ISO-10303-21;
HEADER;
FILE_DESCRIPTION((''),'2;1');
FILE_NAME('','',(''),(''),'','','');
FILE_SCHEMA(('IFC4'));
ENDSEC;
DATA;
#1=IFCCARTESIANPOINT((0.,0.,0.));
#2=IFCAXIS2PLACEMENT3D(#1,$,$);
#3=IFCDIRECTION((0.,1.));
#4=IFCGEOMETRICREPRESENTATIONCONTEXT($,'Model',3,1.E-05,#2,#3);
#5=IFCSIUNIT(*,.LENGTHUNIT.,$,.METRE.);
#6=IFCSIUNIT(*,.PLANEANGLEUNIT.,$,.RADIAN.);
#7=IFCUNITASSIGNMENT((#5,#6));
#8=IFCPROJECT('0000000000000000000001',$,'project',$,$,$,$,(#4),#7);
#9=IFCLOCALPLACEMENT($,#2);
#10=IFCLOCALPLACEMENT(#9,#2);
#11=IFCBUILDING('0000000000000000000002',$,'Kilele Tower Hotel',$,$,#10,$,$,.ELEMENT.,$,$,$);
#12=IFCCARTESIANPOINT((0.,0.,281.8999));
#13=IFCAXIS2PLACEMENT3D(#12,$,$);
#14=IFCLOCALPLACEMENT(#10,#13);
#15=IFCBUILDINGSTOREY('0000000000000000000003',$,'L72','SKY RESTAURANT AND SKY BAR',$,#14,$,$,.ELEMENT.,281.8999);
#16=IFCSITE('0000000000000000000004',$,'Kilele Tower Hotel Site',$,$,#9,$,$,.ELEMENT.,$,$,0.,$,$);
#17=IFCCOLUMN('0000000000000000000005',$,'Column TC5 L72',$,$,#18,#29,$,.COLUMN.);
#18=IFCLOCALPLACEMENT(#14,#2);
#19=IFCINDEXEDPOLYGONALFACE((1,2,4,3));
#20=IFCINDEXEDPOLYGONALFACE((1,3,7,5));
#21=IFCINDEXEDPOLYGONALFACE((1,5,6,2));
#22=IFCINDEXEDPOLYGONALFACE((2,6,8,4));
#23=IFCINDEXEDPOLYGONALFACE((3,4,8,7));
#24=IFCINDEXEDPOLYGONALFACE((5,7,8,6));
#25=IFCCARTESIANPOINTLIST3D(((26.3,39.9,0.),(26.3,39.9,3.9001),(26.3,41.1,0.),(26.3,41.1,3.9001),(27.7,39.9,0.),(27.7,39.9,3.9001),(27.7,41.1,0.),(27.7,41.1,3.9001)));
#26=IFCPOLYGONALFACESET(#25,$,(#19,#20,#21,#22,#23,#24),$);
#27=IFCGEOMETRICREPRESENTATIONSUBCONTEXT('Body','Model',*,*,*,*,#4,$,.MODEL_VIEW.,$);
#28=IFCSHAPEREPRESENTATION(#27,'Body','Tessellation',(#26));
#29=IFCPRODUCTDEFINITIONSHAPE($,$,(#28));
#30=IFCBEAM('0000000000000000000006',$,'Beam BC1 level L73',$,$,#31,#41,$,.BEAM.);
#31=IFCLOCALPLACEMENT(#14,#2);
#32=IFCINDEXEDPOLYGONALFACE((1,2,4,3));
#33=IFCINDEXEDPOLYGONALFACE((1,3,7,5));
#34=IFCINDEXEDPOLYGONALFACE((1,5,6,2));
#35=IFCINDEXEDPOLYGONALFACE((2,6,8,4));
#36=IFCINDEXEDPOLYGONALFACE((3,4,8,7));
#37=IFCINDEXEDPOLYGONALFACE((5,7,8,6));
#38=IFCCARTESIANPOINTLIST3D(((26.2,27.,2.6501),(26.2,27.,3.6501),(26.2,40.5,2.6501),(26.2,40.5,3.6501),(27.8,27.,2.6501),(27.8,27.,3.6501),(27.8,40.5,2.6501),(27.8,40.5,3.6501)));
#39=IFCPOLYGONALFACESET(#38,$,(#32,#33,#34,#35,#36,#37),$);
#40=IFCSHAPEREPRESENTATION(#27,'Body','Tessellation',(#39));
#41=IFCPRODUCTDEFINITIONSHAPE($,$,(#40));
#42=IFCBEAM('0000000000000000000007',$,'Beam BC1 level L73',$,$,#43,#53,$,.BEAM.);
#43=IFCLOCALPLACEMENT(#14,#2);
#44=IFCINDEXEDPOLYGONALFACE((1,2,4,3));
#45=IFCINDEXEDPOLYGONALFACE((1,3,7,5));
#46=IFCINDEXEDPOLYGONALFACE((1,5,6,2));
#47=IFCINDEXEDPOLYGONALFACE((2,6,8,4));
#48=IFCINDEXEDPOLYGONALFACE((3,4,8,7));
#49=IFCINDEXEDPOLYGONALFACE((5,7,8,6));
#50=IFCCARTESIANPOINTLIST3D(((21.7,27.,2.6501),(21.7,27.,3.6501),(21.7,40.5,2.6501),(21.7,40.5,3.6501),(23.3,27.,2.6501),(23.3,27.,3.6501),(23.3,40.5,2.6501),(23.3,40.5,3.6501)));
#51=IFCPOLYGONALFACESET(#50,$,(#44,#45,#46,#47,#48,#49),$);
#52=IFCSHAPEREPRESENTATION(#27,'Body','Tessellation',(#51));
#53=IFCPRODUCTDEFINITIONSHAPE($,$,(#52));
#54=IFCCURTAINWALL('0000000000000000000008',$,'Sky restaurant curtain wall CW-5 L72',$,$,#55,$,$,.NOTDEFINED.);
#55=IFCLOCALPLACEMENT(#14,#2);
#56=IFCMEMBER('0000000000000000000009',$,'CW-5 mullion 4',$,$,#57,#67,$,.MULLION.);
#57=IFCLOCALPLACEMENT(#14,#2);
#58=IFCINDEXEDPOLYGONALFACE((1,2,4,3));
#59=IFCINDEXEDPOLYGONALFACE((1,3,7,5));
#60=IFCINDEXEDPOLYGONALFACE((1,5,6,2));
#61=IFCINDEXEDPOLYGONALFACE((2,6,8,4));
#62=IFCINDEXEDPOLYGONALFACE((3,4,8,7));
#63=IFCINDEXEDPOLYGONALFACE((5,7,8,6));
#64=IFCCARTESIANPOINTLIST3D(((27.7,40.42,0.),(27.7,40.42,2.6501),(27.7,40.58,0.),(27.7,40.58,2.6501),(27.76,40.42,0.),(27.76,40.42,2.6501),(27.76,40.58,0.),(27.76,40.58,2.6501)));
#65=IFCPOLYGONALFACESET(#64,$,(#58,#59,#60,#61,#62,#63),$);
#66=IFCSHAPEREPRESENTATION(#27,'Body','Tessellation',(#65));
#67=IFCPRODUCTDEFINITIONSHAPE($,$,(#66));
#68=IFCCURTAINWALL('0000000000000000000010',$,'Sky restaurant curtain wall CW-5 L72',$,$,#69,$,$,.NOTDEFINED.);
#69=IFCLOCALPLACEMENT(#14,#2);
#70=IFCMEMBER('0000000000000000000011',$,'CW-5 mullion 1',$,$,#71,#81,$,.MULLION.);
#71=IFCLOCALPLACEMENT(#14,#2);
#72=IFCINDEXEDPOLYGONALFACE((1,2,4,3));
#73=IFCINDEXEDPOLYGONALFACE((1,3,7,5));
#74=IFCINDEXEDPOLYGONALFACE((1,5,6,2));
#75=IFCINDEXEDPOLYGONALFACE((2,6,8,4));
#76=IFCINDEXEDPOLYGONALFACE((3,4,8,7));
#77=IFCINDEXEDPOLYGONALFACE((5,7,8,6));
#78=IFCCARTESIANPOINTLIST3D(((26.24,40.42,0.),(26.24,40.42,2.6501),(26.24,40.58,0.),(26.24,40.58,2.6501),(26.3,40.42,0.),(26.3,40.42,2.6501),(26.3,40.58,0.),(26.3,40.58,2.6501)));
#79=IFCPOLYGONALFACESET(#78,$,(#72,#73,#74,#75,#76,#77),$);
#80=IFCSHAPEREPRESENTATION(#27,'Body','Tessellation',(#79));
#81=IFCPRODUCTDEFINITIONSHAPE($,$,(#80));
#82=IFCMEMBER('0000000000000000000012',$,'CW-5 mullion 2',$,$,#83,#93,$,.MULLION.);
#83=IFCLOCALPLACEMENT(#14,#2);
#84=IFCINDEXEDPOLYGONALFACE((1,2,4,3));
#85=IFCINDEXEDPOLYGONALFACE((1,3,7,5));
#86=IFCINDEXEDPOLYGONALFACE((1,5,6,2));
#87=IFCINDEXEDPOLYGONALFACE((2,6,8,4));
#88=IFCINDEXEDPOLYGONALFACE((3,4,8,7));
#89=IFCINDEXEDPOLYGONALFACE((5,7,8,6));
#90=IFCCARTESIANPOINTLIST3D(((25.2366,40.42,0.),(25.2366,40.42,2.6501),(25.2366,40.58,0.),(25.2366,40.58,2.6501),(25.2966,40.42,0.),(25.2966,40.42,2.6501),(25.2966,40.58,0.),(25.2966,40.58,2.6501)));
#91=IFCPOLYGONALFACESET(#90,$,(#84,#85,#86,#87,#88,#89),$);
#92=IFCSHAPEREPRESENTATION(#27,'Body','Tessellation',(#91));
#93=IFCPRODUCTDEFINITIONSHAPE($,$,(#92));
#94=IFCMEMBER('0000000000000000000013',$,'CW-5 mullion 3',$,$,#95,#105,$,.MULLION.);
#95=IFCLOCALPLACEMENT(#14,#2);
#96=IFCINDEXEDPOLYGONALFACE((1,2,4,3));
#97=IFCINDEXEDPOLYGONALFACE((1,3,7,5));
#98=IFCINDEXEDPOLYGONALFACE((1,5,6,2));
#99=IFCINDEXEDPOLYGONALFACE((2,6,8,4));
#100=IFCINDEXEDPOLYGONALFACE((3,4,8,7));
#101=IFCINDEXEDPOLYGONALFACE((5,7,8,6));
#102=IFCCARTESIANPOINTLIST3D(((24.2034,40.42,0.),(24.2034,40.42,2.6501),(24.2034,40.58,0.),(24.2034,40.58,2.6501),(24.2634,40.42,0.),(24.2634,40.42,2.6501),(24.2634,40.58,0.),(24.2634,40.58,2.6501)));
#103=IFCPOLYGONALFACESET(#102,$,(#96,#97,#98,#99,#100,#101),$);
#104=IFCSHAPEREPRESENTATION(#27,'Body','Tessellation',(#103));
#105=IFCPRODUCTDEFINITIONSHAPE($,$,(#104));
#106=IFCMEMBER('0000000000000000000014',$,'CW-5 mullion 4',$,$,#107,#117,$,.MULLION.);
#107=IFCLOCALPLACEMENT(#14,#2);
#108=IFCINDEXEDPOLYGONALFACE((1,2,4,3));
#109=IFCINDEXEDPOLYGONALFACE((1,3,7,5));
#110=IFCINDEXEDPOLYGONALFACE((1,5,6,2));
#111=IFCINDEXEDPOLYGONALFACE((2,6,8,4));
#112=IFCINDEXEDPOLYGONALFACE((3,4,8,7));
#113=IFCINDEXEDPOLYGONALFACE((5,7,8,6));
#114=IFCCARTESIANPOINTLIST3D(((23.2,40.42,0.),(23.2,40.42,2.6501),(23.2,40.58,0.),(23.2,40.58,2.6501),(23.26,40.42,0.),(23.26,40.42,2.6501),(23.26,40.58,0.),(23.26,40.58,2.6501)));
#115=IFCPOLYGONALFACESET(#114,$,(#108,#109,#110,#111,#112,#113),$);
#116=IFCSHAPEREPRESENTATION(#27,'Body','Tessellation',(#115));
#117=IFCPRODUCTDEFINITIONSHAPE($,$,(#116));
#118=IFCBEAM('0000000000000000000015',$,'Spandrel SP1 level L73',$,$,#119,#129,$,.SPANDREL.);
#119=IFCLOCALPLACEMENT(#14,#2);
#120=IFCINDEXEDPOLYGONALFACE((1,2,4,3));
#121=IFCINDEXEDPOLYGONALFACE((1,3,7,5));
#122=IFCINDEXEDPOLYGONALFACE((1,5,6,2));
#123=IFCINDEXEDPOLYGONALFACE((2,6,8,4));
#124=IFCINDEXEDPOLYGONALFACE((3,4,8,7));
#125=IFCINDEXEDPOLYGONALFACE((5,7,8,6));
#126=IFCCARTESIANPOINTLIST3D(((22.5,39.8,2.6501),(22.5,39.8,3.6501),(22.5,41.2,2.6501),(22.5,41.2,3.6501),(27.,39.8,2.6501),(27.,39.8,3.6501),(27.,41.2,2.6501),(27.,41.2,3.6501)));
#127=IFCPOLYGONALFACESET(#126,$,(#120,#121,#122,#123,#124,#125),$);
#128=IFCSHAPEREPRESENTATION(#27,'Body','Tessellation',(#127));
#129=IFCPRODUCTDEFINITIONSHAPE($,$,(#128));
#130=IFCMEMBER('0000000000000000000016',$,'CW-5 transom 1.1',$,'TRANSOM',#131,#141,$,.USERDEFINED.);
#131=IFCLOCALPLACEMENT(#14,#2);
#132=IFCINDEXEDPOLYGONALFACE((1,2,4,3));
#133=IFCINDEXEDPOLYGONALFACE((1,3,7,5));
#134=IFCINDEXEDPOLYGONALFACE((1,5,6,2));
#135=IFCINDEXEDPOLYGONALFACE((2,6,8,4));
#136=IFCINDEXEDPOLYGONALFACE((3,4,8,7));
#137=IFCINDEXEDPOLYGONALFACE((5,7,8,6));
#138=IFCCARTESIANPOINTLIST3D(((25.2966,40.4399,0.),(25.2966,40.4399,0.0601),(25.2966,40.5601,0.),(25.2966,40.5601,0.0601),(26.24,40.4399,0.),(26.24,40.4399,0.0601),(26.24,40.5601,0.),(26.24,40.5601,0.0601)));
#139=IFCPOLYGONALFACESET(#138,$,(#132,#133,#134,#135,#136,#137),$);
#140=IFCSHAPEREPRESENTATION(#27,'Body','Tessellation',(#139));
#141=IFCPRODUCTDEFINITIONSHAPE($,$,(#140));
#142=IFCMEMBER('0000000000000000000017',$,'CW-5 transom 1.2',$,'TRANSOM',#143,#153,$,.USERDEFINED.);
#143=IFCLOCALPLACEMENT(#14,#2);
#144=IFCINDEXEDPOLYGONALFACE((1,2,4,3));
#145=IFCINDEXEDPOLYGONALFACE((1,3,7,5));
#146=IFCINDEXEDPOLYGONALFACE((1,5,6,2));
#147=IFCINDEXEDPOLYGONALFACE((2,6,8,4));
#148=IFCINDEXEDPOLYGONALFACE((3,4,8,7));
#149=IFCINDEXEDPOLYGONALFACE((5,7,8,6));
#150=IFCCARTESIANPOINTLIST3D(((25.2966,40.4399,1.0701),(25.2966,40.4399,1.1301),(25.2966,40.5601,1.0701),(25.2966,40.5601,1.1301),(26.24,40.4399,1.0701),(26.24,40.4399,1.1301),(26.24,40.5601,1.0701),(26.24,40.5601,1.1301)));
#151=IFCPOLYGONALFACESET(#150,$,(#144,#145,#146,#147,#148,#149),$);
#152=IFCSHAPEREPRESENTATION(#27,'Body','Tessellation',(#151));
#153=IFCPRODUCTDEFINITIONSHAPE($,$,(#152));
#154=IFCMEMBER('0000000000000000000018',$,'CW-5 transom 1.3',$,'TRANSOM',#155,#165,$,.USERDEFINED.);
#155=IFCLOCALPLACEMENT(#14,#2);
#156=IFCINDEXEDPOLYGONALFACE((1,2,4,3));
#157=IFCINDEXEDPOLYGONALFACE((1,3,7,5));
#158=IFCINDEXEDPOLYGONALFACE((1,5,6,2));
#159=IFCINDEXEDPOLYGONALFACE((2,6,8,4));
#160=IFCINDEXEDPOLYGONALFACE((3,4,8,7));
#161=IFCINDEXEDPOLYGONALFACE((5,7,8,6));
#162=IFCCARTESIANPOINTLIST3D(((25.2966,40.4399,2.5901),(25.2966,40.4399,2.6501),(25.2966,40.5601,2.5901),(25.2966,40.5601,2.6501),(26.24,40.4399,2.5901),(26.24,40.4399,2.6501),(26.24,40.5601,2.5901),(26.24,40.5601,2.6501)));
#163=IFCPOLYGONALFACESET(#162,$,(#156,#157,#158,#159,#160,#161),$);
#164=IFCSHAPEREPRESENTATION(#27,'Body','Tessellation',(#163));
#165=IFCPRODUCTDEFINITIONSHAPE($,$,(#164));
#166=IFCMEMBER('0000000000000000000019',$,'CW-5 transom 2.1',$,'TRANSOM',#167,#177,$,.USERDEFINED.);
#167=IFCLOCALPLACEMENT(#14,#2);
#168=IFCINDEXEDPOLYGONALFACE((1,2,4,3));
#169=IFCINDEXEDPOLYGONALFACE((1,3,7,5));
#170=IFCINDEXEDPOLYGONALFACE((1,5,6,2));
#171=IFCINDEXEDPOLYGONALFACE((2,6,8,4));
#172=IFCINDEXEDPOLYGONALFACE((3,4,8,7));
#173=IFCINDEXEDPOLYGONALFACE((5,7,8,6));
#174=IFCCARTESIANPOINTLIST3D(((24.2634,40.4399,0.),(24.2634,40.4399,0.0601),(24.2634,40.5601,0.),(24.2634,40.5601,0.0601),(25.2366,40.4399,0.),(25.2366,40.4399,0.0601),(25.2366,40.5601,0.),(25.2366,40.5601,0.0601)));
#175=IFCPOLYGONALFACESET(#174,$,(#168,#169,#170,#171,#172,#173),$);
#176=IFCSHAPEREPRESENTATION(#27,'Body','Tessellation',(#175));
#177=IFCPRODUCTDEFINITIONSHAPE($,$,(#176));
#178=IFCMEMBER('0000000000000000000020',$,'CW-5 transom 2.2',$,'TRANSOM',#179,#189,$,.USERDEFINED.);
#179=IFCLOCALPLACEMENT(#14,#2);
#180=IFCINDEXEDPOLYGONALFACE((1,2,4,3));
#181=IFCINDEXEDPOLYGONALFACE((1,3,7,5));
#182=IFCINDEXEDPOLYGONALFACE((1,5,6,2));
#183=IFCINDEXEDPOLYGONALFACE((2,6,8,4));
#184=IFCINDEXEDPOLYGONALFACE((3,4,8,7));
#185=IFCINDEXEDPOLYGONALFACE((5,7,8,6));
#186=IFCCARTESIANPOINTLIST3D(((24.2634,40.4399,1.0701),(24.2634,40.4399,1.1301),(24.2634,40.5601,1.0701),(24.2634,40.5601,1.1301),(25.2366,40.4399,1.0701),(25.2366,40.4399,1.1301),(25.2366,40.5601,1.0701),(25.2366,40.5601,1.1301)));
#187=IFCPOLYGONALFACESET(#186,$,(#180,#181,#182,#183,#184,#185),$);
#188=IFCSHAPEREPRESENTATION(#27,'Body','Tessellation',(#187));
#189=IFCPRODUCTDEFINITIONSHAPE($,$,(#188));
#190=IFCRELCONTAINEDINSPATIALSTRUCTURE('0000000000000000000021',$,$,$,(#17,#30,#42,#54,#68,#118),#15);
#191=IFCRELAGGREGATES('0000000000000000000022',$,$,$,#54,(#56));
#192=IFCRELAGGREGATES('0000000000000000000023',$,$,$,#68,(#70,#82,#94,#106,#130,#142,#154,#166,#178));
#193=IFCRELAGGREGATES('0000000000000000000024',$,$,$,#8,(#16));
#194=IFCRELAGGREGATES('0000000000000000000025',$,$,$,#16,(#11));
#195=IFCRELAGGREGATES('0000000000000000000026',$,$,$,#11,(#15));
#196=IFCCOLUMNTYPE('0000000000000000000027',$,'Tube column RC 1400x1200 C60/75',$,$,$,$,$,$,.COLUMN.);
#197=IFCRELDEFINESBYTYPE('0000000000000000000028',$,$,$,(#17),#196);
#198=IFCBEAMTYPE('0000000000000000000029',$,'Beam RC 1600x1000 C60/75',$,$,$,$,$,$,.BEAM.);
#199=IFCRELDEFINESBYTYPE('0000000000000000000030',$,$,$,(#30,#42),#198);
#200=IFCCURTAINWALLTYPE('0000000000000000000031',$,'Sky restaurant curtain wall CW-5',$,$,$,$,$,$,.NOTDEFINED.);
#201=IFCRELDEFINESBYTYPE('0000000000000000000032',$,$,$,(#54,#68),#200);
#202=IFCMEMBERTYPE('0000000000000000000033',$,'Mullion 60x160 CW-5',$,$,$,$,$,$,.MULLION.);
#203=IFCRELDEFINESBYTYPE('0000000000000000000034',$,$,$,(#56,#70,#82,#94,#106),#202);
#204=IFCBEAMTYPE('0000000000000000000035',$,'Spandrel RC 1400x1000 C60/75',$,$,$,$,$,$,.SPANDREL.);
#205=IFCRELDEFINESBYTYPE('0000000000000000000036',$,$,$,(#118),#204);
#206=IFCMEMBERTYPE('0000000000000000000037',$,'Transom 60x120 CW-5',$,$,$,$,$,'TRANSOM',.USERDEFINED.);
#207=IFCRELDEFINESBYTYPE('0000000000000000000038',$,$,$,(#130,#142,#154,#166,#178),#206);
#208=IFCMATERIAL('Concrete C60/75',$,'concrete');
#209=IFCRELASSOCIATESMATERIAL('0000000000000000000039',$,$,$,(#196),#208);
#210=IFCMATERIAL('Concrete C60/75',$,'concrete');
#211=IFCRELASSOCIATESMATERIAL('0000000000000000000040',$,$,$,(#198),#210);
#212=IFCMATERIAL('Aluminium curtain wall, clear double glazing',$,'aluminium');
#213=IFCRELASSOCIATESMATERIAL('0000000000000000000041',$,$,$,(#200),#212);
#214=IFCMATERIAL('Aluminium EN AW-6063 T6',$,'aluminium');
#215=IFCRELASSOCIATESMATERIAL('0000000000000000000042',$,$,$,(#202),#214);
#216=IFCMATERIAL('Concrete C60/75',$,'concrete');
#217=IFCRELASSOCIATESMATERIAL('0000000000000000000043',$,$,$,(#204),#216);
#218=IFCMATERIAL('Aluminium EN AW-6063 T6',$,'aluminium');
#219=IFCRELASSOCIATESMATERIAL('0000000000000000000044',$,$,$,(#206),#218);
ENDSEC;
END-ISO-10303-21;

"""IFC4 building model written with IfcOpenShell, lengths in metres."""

from ifc_helpers import new_model, si_unit, direction, frame, origin, origin_2d, place, context, subcontext, project, spatial, rectangle, extrude, material, material_profile, profile_set, type_object, element, aggregate, save


model = new_model("IFC4")

# Units and contexts
model_context = context("Model", 3, precision=1e-05, world=origin(), true_north=direction((0.0, 1.0)))
body_context = subcontext(model_context, "Body", "Model", "MODEL_VIEW")
ifc_project = project(units=[si_unit("LENGTHUNIT", "METRE"), si_unit("PLANEANGLEUNIT", "RADIAN")], contexts=[model_context])

# Site, building, storey
site_placement = place(None, origin())
site = spatial("IfcSite", under=ifc_project, at=site_placement, Name="Kilele Tower Hotel Site", CompositionType="ELEMENT", RefElevation=0.0)
building_placement = place(site_placement, origin())
building = spatial("IfcBuilding", under=site, at=building_placement, Name="Kilele Tower Hotel", CompositionType="ELEMENT")
storey_placement = place(building_placement, frame((0.0, 0.0, 281.8999)))
storey = spatial("IfcBuildingStorey", under=building, at=storey_placement, Name="L72", Description="SKY RESTAURANT AND SKY BAR", CompositionType="ELEMENT", Elevation=281.8999)

# Column
ifc_material_1 = material(Name="Concrete C60/75", Category="concrete")
ifc_material_profile_1 = material_profile(ifc_material_1, rectangle(XDim=1.3999, YDim=1.2, at=origin_2d()))
ifc_profile_set_1 = profile_set([ifc_material_profile_1], Name="Concrete C60/75")
column_type = type_object("IfcColumnType", Name="Tube column RC 1400x1200 C60/75", PredefinedType="COLUMN", material=ifc_profile_set_1)
column_placement = place(storey_placement, frame((27.0, 40.5, 0.0), z_axis=(0.0, 0.0, 1.0), x_axis=(1.0, 0.0, 0.0)))
element("IfcColumn", 1, at=column_placement, inside=storey, type_object=column_type, Name="Column TC5 L72", PredefinedType="COLUMN", context=body_context, shape_type="SweptSolid", body=[
    extrude(rectangle(XDim=1.3999, YDim=1.2, at=origin_2d()), origin(), (0.0, 0.0, 1.0), 3.9001),
])

# Beams
ifc_material_2 = material(Name="Concrete C60/75", Category="concrete")
ifc_material_profile_2 = material_profile(ifc_material_2, rectangle(XDim=1.6001, YDim=1.0, at=origin_2d()))
ifc_profile_set_2 = profile_set([ifc_material_profile_2], Name="Concrete C60/75")
beam_type_1 = type_object("IfcBeamType", Name="Beam RC 1600x1000 C60/75", PredefinedType="BEAM", material=ifc_profile_set_2)
for number, where, z_axis, x_axis, name in (
    (2, (27.0, 40.5, 3.1501), (0.0, -1.0, 0.0), (1.0, 0.0, 0.0), "Beam BC1 level L73"),
    (3, (22.5, 40.5, 3.1501), (0.0, -1.0, 0.0), (1.0, 0.0, 0.0), "Beam BC1 level L73"),
):
    element("IfcBeam", number, at=place(storey_placement, frame(where, z_axis=z_axis, x_axis=x_axis)), inside=storey, type_object=beam_type_1, Name=name, PredefinedType="BEAM", context=body_context, shape_type="SweptSolid", body=[
        extrude(rectangle(XDim=1.6001, YDim=1.0, at=origin_2d()), origin(), (0.0, 0.0, 1.0), 13.5),
    ])

# Curtain wall, member
ifc_material_3 = material(Name="Aluminium curtain wall, clear double glazing", Category="aluminium")
curtain_wall_type = type_object("IfcCurtainWallType", Name="Sky restaurant curtain wall CW-5", PredefinedType="NOTDEFINED", material=ifc_material_3)
curtain_wall_1_placement = place(storey_placement, origin())
curtain_wall_1 = element("IfcCurtainWall", 4, at=curtain_wall_1_placement, inside=storey, type_object=curtain_wall_type, Name="Sky restaurant curtain wall CW-5 L72", PredefinedType="NOTDEFINED")
ifc_material_4 = material(Name="Aluminium EN AW-6063 T6", Category="aluminium")
ifc_material_profile_3 = material_profile(ifc_material_4, rectangle(XDim=0.1599, YDim=0.0601, at=origin_2d()))
ifc_profile_set_3 = profile_set([ifc_material_profile_3], Name="Aluminium EN AW-6063 T6")
member_type_1 = type_object("IfcMemberType", Name="Mullion 60x160 CW-5", PredefinedType="MULLION", material=ifc_profile_set_3)
member_1_placement = place(storey_placement, frame((27.73, 40.5, 0.0), z_axis=(0.0, 0.0, 1.0), x_axis=(0.0, -1.0, 0.0)))
member_1 = element("IfcMember", 5, at=member_1_placement, type_object=member_type_1, Name="CW-5 mullion 4", PredefinedType="MULLION", context=body_context, shape_type="SweptSolid", body=[
    extrude(rectangle(XDim=0.1599, YDim=0.0601, at=origin_2d()), origin(), (0.0, 0.0, 1.0), 2.6501),
])
aggregate(curtain_wall_1, [member_1])

# Curtain wall, members
curtain_wall_2_placement = place(storey_placement, origin())
curtain_wall_2 = element("IfcCurtainWall", 6, at=curtain_wall_2_placement, inside=storey, type_object=curtain_wall_type, Name="Sky restaurant curtain wall CW-5 L72", PredefinedType="NOTDEFINED")
member_2_placement = place(storey_placement, frame((26.27, 40.5, 0.0), z_axis=(0.0, 0.0, 1.0), x_axis=(0.0, -1.0, 0.0)))
member_2 = element("IfcMember", 7, at=member_2_placement, type_object=member_type_1, Name="CW-5 mullion 1", PredefinedType="MULLION", context=body_context, shape_type="SweptSolid", body=[
    extrude(rectangle(XDim=0.1599, YDim=0.0601, at=origin_2d()), origin(), (0.0, 0.0, 1.0), 2.6501),
])
member_3_placement = place(storey_placement, frame((25.2666, 40.5, 0.0), z_axis=(0.0, 0.0, 1.0), x_axis=(0.0, -1.0, 0.0)))
member_3 = element("IfcMember", 8, at=member_3_placement, type_object=member_type_1, Name="CW-5 mullion 2", PredefinedType="MULLION", context=body_context, shape_type="SweptSolid", body=[
    extrude(rectangle(XDim=0.1599, YDim=0.0601, at=origin_2d()), origin(), (0.0, 0.0, 1.0), 2.6501),
])
member_4_placement = place(storey_placement, frame((24.2334, 40.5, 0.0), z_axis=(0.0, 0.0, 1.0), x_axis=(0.0, -1.0, 0.0)))
member_4 = element("IfcMember", 9, at=member_4_placement, type_object=member_type_1, Name="CW-5 mullion 3", PredefinedType="MULLION", context=body_context, shape_type="SweptSolid", body=[
    extrude(rectangle(XDim=0.1599, YDim=0.0601, at=origin_2d()), origin(), (0.0, 0.0, 1.0), 2.6501),
])
member_5_placement = place(storey_placement, frame((23.23, 40.5, 0.0), z_axis=(0.0, 0.0, 1.0), x_axis=(0.0, -1.0, 0.0)))
member_5 = element("IfcMember", 10, at=member_5_placement, type_object=member_type_1, Name="CW-5 mullion 4", PredefinedType="MULLION", context=body_context, shape_type="SweptSolid", body=[
    extrude(rectangle(XDim=0.1599, YDim=0.0601, at=origin_2d()), origin(), (0.0, 0.0, 1.0), 2.6501),
])

# Beam
ifc_material_5 = material(Name="Concrete C60/75", Category="concrete")
ifc_material_profile_4 = material_profile(ifc_material_5, rectangle(XDim=1.3999, YDim=1.0, at=origin_2d()))
ifc_profile_set_4 = profile_set([ifc_material_profile_4], Name="Concrete C60/75")
beam_type_2 = type_object("IfcBeamType", Name="Spandrel RC 1400x1000 C60/75", PredefinedType="SPANDREL", material=ifc_profile_set_4)
beam_placement = place(storey_placement, frame((27.0, 40.5, 3.1501), z_axis=(-1.0, 0.0, 0.0), x_axis=(0.0, -1.0, 0.0)))
element("IfcBeam", 11, at=beam_placement, inside=storey, type_object=beam_type_2, Name="Spandrel SP1 level L73", PredefinedType="SPANDREL", context=body_context, shape_type="SweptSolid", body=[
    extrude(rectangle(XDim=1.3999, YDim=1.0, at=origin_2d()), origin(), (0.0, 0.0, 1.0), 4.5),
])

# Members
ifc_material_6 = material(Name="Aluminium EN AW-6063 T6", Category="aluminium")
ifc_material_profile_5 = material_profile(ifc_material_6, rectangle(XDim=0.1201, YDim=0.0601, at=origin_2d()))
ifc_profile_set_5 = profile_set([ifc_material_profile_5], Name="Aluminium EN AW-6063 T6")
member_type_2 = type_object("IfcMemberType", Name="Transom 60x120 CW-5", ElementType="TRANSOM", PredefinedType="USERDEFINED", material=ifc_profile_set_5)
member_6_placement = place(storey_placement, frame((26.24, 40.5, 0.03), z_axis=(-1.0, 0.0, 0.0), x_axis=(0.0, -1.0, 0.0)))
member_6 = element("IfcMember", 12, at=member_6_placement, type_object=member_type_2, Name="CW-5 transom 1.1", ObjectType="TRANSOM", PredefinedType="USERDEFINED", context=body_context, shape_type="SweptSolid", body=[
    extrude(rectangle(XDim=0.1201, YDim=0.0601, at=origin_2d()), origin(), (0.0, 0.0, 1.0), 0.9434),
])
member_7_placement = place(storey_placement, frame((26.24, 40.5, 1.1001), z_axis=(-1.0, 0.0, 0.0), x_axis=(0.0, -1.0, 0.0)))
member_7 = element("IfcMember", 13, at=member_7_placement, type_object=member_type_2, Name="CW-5 transom 1.2", ObjectType="TRANSOM", PredefinedType="USERDEFINED", context=body_context, shape_type="SweptSolid", body=[
    extrude(rectangle(XDim=0.1201, YDim=0.0601, at=origin_2d()), origin(), (0.0, 0.0, 1.0), 0.9434),
])
member_8_placement = place(storey_placement, frame((26.24, 40.5, 2.6201), z_axis=(-1.0, 0.0, 0.0), x_axis=(0.0, -1.0, 0.0)))
member_8 = element("IfcMember", 14, at=member_8_placement, type_object=member_type_2, Name="CW-5 transom 1.3", ObjectType="TRANSOM", PredefinedType="USERDEFINED", context=body_context, shape_type="SweptSolid", body=[
    extrude(rectangle(XDim=0.1201, YDim=0.0601, at=origin_2d()), origin(), (0.0, 0.0, 1.0), 0.9434),
])
member_9_placement = place(storey_placement, frame((25.2366, 40.5, 0.03), z_axis=(-1.0, 0.0, 0.0), x_axis=(0.0, -1.0, 0.0)))
member_9 = element("IfcMember", 15, at=member_9_placement, type_object=member_type_2, Name="CW-5 transom 2.1", ObjectType="TRANSOM", PredefinedType="USERDEFINED", context=body_context, shape_type="SweptSolid", body=[
    extrude(rectangle(XDim=0.1201, YDim=0.0601, at=origin_2d()), origin(), (0.0, 0.0, 1.0), 0.9731),
])
member_10_placement = place(storey_placement, frame((25.2366, 40.5, 1.1001), z_axis=(-1.0, 0.0, 0.0), x_axis=(0.0, -1.0, 0.0)))
member_10 = element("IfcMember", 16, at=member_10_placement, type_object=member_type_2, Name="CW-5 transom 2.2", ObjectType="TRANSOM", PredefinedType="USERDEFINED", context=body_context, shape_type="SweptSolid", body=[
    extrude(rectangle(XDim=0.1201, YDim=0.0601, at=origin_2d()), origin(), (0.0, 0.0, 1.0), 0.9731),
])

aggregate(curtain_wall_2, [member_2, member_3, member_4, member_5, member_6, member_7, member_8, member_9, member_10])

save(model, "model.ifc")
